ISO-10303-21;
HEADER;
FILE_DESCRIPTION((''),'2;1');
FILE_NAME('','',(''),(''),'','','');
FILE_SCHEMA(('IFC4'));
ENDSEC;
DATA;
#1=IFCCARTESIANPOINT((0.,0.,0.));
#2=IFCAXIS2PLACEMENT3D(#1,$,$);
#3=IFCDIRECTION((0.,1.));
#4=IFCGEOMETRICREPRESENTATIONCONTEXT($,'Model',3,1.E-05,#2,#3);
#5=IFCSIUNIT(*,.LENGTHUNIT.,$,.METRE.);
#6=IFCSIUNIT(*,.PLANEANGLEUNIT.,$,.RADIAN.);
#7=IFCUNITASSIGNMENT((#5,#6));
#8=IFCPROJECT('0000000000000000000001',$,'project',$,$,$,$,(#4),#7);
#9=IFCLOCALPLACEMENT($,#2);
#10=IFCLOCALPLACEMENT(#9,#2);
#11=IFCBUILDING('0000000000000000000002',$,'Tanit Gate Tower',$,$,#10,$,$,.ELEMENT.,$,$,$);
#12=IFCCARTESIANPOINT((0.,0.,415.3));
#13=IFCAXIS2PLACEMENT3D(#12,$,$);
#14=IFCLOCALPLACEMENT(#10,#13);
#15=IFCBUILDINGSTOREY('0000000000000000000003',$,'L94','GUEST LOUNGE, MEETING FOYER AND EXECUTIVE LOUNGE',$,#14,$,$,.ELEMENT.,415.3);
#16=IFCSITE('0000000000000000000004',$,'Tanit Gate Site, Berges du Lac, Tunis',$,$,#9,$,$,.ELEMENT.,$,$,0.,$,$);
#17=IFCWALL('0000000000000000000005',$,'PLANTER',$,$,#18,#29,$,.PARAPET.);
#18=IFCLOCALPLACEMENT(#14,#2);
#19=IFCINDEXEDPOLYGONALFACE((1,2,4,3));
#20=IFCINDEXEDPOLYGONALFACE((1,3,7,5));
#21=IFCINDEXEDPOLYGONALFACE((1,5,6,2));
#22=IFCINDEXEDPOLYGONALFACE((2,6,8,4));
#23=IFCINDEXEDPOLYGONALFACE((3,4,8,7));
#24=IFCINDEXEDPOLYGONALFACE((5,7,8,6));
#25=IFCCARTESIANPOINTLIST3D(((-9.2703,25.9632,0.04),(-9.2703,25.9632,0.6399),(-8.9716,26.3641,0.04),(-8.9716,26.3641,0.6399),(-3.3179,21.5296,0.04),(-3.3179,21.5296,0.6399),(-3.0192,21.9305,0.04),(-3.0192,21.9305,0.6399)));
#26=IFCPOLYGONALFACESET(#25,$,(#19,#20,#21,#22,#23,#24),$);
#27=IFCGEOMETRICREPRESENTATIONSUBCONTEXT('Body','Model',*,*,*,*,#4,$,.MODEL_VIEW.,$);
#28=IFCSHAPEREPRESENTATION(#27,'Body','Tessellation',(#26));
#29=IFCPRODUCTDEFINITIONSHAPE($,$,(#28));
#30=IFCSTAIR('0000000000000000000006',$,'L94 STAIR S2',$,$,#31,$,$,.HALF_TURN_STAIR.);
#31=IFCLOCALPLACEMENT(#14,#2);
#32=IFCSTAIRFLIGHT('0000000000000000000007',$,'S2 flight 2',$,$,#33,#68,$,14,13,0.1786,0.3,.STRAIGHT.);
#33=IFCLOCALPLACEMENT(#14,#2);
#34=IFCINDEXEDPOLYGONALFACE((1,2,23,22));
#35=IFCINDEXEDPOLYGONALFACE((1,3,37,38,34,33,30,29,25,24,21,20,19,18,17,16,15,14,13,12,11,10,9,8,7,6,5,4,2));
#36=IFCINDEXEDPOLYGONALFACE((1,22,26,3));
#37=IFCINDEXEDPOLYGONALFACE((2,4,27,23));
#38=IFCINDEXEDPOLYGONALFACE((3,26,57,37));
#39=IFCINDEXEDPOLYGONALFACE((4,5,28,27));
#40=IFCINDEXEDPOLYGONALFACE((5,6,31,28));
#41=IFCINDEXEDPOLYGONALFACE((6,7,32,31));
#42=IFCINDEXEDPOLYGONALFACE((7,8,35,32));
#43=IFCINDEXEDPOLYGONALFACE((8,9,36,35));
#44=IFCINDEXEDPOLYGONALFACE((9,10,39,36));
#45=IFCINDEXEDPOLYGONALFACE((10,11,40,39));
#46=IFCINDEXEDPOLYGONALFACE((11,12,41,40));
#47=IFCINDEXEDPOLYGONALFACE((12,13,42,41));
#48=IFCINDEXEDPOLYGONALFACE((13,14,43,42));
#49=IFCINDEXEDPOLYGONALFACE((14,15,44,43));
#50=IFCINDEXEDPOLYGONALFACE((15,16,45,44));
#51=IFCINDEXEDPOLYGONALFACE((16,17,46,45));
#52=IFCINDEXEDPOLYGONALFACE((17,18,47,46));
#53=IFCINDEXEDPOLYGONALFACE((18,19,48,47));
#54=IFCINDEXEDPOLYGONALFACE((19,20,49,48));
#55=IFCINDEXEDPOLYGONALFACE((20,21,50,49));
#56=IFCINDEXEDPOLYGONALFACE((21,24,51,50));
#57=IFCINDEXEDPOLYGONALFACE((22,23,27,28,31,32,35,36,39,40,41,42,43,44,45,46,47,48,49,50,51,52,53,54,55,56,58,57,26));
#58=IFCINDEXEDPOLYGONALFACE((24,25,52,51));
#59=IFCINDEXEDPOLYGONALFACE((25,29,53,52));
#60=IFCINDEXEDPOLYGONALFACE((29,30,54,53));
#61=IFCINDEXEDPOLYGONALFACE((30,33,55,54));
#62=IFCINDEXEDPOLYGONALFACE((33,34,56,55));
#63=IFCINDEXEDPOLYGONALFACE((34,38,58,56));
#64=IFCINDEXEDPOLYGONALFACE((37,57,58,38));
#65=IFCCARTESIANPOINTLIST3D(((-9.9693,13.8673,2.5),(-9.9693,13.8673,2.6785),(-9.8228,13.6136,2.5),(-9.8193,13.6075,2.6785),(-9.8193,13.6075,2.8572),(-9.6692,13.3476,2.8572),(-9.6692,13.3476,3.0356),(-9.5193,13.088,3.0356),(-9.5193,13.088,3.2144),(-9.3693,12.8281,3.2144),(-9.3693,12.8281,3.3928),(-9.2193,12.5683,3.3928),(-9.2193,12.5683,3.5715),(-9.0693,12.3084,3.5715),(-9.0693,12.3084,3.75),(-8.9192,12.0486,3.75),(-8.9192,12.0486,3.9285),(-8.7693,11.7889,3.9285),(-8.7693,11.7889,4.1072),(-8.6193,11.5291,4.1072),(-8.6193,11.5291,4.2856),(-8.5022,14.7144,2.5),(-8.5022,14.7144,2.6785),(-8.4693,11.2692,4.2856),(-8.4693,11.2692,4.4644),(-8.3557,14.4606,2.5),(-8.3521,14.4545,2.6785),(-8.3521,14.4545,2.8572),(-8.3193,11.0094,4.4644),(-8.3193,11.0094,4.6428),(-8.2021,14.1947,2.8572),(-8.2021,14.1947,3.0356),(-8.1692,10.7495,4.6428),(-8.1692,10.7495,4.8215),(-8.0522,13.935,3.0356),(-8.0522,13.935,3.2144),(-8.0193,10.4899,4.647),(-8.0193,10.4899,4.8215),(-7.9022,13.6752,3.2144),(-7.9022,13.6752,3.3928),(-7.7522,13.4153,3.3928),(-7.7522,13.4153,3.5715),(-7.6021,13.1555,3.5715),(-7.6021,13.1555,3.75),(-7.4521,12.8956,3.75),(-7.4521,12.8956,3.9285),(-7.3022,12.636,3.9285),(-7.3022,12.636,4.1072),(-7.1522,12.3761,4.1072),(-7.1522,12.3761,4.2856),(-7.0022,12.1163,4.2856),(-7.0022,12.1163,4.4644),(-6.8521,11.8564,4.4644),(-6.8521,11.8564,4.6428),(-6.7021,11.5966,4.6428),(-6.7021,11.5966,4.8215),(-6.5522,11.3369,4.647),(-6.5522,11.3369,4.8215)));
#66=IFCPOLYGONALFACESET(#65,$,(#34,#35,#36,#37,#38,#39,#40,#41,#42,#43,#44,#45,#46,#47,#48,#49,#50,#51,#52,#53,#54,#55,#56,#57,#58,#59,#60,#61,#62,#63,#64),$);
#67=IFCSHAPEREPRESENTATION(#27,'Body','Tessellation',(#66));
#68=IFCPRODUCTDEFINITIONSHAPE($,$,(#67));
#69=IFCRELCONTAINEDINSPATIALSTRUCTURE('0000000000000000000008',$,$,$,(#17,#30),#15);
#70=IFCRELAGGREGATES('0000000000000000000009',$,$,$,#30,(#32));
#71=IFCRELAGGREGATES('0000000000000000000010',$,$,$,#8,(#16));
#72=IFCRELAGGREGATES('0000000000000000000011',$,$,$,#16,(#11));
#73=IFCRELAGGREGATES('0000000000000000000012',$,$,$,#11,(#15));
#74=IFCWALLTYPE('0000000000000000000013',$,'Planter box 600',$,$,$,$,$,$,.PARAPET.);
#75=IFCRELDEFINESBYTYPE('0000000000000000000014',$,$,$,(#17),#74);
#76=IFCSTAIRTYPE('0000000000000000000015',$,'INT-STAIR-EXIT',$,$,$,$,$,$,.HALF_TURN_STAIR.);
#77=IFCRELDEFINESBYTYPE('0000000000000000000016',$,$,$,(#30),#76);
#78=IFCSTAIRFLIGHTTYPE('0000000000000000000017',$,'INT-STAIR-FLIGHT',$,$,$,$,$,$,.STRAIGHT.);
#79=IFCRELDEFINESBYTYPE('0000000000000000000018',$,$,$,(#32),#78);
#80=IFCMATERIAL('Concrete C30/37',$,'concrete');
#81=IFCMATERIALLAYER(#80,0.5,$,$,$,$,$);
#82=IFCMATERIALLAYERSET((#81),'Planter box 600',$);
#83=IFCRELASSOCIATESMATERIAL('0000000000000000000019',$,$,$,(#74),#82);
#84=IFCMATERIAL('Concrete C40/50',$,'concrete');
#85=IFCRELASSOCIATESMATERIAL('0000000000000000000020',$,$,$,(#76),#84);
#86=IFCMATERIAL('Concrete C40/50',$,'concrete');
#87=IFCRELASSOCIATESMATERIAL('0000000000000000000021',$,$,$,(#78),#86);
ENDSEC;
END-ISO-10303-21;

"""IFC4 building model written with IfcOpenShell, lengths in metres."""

from ifc_helpers import new_model, si_unit, direction, frame, frame_2d, origin, place, context, subcontext, project, spatial, polyline, rectangle, outline, extrude, material, layer, layer_set, type_object, element, aggregate, save


model = new_model("IFC4")

# Units and contexts
model_context = context("Model", 3, precision=1e-05, world=origin(), true_north=direction((0.0, 1.0)))
body_context = subcontext(model_context, "Body", "Model", "MODEL_VIEW")
ifc_project = project(units=[si_unit("LENGTHUNIT", "METRE"), si_unit("PLANEANGLEUNIT", "RADIAN")], contexts=[model_context])

# Site, building, storey
site_placement = place(None, origin())
site = spatial("IfcSite", under=ifc_project, at=site_placement, Name="Tanit Gate Site, Berges du Lac, Tunis", CompositionType="ELEMENT", RefElevation=0.0)
building_placement = place(site_placement, origin())
building = spatial("IfcBuilding", under=site, at=building_placement, Name="Tanit Gate Tower", CompositionType="ELEMENT")
storey_placement = place(building_placement, frame((0.0, 0.0, 415.3)))
storey = spatial("IfcBuildingStorey", under=building, at=storey_placement, Name="L94", Description="GUEST LOUNGE, MEETING FOYER AND EXECUTIVE LOUNGE", CompositionType="ELEMENT", Elevation=415.3)

# Wall
ifc_material_1 = material(Name="Concrete C30/37", Category="concrete")
ifc_layer_1 = layer(ifc_material_1, 0.5)
ifc_layer_set_1 = layer_set([ifc_layer_1], Name="Planter box 600")
wall_type_1 = type_object("IfcWallType", Name="Planter box 600", PredefinedType="PARAPET", material=ifc_layer_set_1)
wall_1_placement = place(storey_placement, frame((-9.1208, 26.1636, 0.04), z_axis=(0.0, 0.0, 1.0), x_axis=(0.801981, -0.597349, 0.0)))
element("IfcWall", 1, at=wall_1_placement, inside=storey, type_object=wall_type_1, Name="PLANTER", PredefinedType="PARAPET", context=body_context, shape_type="SweptSolid", body=[
    extrude(rectangle(XDim=7.4221, YDim=0.5, at=frame_2d((3.7109, 0.0))), origin(), (0.0, 0.0, 1.0), 0.5999),
])

# Stair, stair flight
ifc_material_2 = material(Name="Concrete C40/50", Category="concrete")
stair_type = type_object("IfcStairType", Name="INT-STAIR-EXIT", PredefinedType="HALF_TURN_STAIR", material=ifc_material_2)
stair_placement = place(storey_placement, origin())
stair = element("IfcStair", 2, at=stair_placement, inside=storey, type_object=stair_type, Name="L94 STAIR S2", PredefinedType="HALF_TURN_STAIR")
ifc_material_3 = material(Name="Concrete C40/50", Category="concrete")
stair_flight_type = type_object("IfcStairFlightType", Name="INT-STAIR-FLIGHT", PredefinedType="STRAIGHT", material=ifc_material_3)
stair_flight_placement = place(storey_placement, frame((-9.2358, 14.2908, 2.5), z_axis=(0.0, 0.0, 1.0), x_axis=(0.5, -0.866025, 0.0)))
stair_flight = element("IfcStairFlight", 3, at=stair_flight_placement, type_object=stair_flight_type, Name="S2 flight 2", NumberOfRisers=14, NumberOfTreads=13, PredefinedType="STRAIGHT", RiserHeight=0.1786, TreadLength=0.3, context=body_context, shape_type="SweptSolid", body=[
    extrude(outline(polyline([(0.0, 0.0), (0.0, 0.1785), (0.3, 0.1785), (0.3, 0.3572), (0.6001, 0.3572), (0.6001, 0.5356), (0.8999, 0.5356), (0.8999, 0.7144), (1.2, 0.7144), (1.2, 0.8928), (1.5, 0.8928), (1.5, 1.0715), (1.8, 1.0715), (1.8, 1.25), (2.1001, 1.25), (2.1001, 1.4285), (2.3999, 1.4285), (2.3999, 1.6072), (2.7, 1.6072), (2.7, 1.7856), (3.0, 1.7856), (3.0, 1.9644), (3.3, 1.9644), (3.3, 2.1428), (3.6001, 2.1428), (3.6001, 2.3215), (3.8999, 2.3215), (3.8999, 2.5), (3.8999, 2.147), (0.293, 0.0), (0.0, 0.0)])), frame((0.0, 0.8472, 0.0), z_axis=(0.0, -1.0, 0.0), x_axis=(1.0, 0.0, 0.0)), (0.0, 0.0, 1.0), 1.6941),
])
aggregate(stair, [stair_flight])

save(model, "model.ifc")
